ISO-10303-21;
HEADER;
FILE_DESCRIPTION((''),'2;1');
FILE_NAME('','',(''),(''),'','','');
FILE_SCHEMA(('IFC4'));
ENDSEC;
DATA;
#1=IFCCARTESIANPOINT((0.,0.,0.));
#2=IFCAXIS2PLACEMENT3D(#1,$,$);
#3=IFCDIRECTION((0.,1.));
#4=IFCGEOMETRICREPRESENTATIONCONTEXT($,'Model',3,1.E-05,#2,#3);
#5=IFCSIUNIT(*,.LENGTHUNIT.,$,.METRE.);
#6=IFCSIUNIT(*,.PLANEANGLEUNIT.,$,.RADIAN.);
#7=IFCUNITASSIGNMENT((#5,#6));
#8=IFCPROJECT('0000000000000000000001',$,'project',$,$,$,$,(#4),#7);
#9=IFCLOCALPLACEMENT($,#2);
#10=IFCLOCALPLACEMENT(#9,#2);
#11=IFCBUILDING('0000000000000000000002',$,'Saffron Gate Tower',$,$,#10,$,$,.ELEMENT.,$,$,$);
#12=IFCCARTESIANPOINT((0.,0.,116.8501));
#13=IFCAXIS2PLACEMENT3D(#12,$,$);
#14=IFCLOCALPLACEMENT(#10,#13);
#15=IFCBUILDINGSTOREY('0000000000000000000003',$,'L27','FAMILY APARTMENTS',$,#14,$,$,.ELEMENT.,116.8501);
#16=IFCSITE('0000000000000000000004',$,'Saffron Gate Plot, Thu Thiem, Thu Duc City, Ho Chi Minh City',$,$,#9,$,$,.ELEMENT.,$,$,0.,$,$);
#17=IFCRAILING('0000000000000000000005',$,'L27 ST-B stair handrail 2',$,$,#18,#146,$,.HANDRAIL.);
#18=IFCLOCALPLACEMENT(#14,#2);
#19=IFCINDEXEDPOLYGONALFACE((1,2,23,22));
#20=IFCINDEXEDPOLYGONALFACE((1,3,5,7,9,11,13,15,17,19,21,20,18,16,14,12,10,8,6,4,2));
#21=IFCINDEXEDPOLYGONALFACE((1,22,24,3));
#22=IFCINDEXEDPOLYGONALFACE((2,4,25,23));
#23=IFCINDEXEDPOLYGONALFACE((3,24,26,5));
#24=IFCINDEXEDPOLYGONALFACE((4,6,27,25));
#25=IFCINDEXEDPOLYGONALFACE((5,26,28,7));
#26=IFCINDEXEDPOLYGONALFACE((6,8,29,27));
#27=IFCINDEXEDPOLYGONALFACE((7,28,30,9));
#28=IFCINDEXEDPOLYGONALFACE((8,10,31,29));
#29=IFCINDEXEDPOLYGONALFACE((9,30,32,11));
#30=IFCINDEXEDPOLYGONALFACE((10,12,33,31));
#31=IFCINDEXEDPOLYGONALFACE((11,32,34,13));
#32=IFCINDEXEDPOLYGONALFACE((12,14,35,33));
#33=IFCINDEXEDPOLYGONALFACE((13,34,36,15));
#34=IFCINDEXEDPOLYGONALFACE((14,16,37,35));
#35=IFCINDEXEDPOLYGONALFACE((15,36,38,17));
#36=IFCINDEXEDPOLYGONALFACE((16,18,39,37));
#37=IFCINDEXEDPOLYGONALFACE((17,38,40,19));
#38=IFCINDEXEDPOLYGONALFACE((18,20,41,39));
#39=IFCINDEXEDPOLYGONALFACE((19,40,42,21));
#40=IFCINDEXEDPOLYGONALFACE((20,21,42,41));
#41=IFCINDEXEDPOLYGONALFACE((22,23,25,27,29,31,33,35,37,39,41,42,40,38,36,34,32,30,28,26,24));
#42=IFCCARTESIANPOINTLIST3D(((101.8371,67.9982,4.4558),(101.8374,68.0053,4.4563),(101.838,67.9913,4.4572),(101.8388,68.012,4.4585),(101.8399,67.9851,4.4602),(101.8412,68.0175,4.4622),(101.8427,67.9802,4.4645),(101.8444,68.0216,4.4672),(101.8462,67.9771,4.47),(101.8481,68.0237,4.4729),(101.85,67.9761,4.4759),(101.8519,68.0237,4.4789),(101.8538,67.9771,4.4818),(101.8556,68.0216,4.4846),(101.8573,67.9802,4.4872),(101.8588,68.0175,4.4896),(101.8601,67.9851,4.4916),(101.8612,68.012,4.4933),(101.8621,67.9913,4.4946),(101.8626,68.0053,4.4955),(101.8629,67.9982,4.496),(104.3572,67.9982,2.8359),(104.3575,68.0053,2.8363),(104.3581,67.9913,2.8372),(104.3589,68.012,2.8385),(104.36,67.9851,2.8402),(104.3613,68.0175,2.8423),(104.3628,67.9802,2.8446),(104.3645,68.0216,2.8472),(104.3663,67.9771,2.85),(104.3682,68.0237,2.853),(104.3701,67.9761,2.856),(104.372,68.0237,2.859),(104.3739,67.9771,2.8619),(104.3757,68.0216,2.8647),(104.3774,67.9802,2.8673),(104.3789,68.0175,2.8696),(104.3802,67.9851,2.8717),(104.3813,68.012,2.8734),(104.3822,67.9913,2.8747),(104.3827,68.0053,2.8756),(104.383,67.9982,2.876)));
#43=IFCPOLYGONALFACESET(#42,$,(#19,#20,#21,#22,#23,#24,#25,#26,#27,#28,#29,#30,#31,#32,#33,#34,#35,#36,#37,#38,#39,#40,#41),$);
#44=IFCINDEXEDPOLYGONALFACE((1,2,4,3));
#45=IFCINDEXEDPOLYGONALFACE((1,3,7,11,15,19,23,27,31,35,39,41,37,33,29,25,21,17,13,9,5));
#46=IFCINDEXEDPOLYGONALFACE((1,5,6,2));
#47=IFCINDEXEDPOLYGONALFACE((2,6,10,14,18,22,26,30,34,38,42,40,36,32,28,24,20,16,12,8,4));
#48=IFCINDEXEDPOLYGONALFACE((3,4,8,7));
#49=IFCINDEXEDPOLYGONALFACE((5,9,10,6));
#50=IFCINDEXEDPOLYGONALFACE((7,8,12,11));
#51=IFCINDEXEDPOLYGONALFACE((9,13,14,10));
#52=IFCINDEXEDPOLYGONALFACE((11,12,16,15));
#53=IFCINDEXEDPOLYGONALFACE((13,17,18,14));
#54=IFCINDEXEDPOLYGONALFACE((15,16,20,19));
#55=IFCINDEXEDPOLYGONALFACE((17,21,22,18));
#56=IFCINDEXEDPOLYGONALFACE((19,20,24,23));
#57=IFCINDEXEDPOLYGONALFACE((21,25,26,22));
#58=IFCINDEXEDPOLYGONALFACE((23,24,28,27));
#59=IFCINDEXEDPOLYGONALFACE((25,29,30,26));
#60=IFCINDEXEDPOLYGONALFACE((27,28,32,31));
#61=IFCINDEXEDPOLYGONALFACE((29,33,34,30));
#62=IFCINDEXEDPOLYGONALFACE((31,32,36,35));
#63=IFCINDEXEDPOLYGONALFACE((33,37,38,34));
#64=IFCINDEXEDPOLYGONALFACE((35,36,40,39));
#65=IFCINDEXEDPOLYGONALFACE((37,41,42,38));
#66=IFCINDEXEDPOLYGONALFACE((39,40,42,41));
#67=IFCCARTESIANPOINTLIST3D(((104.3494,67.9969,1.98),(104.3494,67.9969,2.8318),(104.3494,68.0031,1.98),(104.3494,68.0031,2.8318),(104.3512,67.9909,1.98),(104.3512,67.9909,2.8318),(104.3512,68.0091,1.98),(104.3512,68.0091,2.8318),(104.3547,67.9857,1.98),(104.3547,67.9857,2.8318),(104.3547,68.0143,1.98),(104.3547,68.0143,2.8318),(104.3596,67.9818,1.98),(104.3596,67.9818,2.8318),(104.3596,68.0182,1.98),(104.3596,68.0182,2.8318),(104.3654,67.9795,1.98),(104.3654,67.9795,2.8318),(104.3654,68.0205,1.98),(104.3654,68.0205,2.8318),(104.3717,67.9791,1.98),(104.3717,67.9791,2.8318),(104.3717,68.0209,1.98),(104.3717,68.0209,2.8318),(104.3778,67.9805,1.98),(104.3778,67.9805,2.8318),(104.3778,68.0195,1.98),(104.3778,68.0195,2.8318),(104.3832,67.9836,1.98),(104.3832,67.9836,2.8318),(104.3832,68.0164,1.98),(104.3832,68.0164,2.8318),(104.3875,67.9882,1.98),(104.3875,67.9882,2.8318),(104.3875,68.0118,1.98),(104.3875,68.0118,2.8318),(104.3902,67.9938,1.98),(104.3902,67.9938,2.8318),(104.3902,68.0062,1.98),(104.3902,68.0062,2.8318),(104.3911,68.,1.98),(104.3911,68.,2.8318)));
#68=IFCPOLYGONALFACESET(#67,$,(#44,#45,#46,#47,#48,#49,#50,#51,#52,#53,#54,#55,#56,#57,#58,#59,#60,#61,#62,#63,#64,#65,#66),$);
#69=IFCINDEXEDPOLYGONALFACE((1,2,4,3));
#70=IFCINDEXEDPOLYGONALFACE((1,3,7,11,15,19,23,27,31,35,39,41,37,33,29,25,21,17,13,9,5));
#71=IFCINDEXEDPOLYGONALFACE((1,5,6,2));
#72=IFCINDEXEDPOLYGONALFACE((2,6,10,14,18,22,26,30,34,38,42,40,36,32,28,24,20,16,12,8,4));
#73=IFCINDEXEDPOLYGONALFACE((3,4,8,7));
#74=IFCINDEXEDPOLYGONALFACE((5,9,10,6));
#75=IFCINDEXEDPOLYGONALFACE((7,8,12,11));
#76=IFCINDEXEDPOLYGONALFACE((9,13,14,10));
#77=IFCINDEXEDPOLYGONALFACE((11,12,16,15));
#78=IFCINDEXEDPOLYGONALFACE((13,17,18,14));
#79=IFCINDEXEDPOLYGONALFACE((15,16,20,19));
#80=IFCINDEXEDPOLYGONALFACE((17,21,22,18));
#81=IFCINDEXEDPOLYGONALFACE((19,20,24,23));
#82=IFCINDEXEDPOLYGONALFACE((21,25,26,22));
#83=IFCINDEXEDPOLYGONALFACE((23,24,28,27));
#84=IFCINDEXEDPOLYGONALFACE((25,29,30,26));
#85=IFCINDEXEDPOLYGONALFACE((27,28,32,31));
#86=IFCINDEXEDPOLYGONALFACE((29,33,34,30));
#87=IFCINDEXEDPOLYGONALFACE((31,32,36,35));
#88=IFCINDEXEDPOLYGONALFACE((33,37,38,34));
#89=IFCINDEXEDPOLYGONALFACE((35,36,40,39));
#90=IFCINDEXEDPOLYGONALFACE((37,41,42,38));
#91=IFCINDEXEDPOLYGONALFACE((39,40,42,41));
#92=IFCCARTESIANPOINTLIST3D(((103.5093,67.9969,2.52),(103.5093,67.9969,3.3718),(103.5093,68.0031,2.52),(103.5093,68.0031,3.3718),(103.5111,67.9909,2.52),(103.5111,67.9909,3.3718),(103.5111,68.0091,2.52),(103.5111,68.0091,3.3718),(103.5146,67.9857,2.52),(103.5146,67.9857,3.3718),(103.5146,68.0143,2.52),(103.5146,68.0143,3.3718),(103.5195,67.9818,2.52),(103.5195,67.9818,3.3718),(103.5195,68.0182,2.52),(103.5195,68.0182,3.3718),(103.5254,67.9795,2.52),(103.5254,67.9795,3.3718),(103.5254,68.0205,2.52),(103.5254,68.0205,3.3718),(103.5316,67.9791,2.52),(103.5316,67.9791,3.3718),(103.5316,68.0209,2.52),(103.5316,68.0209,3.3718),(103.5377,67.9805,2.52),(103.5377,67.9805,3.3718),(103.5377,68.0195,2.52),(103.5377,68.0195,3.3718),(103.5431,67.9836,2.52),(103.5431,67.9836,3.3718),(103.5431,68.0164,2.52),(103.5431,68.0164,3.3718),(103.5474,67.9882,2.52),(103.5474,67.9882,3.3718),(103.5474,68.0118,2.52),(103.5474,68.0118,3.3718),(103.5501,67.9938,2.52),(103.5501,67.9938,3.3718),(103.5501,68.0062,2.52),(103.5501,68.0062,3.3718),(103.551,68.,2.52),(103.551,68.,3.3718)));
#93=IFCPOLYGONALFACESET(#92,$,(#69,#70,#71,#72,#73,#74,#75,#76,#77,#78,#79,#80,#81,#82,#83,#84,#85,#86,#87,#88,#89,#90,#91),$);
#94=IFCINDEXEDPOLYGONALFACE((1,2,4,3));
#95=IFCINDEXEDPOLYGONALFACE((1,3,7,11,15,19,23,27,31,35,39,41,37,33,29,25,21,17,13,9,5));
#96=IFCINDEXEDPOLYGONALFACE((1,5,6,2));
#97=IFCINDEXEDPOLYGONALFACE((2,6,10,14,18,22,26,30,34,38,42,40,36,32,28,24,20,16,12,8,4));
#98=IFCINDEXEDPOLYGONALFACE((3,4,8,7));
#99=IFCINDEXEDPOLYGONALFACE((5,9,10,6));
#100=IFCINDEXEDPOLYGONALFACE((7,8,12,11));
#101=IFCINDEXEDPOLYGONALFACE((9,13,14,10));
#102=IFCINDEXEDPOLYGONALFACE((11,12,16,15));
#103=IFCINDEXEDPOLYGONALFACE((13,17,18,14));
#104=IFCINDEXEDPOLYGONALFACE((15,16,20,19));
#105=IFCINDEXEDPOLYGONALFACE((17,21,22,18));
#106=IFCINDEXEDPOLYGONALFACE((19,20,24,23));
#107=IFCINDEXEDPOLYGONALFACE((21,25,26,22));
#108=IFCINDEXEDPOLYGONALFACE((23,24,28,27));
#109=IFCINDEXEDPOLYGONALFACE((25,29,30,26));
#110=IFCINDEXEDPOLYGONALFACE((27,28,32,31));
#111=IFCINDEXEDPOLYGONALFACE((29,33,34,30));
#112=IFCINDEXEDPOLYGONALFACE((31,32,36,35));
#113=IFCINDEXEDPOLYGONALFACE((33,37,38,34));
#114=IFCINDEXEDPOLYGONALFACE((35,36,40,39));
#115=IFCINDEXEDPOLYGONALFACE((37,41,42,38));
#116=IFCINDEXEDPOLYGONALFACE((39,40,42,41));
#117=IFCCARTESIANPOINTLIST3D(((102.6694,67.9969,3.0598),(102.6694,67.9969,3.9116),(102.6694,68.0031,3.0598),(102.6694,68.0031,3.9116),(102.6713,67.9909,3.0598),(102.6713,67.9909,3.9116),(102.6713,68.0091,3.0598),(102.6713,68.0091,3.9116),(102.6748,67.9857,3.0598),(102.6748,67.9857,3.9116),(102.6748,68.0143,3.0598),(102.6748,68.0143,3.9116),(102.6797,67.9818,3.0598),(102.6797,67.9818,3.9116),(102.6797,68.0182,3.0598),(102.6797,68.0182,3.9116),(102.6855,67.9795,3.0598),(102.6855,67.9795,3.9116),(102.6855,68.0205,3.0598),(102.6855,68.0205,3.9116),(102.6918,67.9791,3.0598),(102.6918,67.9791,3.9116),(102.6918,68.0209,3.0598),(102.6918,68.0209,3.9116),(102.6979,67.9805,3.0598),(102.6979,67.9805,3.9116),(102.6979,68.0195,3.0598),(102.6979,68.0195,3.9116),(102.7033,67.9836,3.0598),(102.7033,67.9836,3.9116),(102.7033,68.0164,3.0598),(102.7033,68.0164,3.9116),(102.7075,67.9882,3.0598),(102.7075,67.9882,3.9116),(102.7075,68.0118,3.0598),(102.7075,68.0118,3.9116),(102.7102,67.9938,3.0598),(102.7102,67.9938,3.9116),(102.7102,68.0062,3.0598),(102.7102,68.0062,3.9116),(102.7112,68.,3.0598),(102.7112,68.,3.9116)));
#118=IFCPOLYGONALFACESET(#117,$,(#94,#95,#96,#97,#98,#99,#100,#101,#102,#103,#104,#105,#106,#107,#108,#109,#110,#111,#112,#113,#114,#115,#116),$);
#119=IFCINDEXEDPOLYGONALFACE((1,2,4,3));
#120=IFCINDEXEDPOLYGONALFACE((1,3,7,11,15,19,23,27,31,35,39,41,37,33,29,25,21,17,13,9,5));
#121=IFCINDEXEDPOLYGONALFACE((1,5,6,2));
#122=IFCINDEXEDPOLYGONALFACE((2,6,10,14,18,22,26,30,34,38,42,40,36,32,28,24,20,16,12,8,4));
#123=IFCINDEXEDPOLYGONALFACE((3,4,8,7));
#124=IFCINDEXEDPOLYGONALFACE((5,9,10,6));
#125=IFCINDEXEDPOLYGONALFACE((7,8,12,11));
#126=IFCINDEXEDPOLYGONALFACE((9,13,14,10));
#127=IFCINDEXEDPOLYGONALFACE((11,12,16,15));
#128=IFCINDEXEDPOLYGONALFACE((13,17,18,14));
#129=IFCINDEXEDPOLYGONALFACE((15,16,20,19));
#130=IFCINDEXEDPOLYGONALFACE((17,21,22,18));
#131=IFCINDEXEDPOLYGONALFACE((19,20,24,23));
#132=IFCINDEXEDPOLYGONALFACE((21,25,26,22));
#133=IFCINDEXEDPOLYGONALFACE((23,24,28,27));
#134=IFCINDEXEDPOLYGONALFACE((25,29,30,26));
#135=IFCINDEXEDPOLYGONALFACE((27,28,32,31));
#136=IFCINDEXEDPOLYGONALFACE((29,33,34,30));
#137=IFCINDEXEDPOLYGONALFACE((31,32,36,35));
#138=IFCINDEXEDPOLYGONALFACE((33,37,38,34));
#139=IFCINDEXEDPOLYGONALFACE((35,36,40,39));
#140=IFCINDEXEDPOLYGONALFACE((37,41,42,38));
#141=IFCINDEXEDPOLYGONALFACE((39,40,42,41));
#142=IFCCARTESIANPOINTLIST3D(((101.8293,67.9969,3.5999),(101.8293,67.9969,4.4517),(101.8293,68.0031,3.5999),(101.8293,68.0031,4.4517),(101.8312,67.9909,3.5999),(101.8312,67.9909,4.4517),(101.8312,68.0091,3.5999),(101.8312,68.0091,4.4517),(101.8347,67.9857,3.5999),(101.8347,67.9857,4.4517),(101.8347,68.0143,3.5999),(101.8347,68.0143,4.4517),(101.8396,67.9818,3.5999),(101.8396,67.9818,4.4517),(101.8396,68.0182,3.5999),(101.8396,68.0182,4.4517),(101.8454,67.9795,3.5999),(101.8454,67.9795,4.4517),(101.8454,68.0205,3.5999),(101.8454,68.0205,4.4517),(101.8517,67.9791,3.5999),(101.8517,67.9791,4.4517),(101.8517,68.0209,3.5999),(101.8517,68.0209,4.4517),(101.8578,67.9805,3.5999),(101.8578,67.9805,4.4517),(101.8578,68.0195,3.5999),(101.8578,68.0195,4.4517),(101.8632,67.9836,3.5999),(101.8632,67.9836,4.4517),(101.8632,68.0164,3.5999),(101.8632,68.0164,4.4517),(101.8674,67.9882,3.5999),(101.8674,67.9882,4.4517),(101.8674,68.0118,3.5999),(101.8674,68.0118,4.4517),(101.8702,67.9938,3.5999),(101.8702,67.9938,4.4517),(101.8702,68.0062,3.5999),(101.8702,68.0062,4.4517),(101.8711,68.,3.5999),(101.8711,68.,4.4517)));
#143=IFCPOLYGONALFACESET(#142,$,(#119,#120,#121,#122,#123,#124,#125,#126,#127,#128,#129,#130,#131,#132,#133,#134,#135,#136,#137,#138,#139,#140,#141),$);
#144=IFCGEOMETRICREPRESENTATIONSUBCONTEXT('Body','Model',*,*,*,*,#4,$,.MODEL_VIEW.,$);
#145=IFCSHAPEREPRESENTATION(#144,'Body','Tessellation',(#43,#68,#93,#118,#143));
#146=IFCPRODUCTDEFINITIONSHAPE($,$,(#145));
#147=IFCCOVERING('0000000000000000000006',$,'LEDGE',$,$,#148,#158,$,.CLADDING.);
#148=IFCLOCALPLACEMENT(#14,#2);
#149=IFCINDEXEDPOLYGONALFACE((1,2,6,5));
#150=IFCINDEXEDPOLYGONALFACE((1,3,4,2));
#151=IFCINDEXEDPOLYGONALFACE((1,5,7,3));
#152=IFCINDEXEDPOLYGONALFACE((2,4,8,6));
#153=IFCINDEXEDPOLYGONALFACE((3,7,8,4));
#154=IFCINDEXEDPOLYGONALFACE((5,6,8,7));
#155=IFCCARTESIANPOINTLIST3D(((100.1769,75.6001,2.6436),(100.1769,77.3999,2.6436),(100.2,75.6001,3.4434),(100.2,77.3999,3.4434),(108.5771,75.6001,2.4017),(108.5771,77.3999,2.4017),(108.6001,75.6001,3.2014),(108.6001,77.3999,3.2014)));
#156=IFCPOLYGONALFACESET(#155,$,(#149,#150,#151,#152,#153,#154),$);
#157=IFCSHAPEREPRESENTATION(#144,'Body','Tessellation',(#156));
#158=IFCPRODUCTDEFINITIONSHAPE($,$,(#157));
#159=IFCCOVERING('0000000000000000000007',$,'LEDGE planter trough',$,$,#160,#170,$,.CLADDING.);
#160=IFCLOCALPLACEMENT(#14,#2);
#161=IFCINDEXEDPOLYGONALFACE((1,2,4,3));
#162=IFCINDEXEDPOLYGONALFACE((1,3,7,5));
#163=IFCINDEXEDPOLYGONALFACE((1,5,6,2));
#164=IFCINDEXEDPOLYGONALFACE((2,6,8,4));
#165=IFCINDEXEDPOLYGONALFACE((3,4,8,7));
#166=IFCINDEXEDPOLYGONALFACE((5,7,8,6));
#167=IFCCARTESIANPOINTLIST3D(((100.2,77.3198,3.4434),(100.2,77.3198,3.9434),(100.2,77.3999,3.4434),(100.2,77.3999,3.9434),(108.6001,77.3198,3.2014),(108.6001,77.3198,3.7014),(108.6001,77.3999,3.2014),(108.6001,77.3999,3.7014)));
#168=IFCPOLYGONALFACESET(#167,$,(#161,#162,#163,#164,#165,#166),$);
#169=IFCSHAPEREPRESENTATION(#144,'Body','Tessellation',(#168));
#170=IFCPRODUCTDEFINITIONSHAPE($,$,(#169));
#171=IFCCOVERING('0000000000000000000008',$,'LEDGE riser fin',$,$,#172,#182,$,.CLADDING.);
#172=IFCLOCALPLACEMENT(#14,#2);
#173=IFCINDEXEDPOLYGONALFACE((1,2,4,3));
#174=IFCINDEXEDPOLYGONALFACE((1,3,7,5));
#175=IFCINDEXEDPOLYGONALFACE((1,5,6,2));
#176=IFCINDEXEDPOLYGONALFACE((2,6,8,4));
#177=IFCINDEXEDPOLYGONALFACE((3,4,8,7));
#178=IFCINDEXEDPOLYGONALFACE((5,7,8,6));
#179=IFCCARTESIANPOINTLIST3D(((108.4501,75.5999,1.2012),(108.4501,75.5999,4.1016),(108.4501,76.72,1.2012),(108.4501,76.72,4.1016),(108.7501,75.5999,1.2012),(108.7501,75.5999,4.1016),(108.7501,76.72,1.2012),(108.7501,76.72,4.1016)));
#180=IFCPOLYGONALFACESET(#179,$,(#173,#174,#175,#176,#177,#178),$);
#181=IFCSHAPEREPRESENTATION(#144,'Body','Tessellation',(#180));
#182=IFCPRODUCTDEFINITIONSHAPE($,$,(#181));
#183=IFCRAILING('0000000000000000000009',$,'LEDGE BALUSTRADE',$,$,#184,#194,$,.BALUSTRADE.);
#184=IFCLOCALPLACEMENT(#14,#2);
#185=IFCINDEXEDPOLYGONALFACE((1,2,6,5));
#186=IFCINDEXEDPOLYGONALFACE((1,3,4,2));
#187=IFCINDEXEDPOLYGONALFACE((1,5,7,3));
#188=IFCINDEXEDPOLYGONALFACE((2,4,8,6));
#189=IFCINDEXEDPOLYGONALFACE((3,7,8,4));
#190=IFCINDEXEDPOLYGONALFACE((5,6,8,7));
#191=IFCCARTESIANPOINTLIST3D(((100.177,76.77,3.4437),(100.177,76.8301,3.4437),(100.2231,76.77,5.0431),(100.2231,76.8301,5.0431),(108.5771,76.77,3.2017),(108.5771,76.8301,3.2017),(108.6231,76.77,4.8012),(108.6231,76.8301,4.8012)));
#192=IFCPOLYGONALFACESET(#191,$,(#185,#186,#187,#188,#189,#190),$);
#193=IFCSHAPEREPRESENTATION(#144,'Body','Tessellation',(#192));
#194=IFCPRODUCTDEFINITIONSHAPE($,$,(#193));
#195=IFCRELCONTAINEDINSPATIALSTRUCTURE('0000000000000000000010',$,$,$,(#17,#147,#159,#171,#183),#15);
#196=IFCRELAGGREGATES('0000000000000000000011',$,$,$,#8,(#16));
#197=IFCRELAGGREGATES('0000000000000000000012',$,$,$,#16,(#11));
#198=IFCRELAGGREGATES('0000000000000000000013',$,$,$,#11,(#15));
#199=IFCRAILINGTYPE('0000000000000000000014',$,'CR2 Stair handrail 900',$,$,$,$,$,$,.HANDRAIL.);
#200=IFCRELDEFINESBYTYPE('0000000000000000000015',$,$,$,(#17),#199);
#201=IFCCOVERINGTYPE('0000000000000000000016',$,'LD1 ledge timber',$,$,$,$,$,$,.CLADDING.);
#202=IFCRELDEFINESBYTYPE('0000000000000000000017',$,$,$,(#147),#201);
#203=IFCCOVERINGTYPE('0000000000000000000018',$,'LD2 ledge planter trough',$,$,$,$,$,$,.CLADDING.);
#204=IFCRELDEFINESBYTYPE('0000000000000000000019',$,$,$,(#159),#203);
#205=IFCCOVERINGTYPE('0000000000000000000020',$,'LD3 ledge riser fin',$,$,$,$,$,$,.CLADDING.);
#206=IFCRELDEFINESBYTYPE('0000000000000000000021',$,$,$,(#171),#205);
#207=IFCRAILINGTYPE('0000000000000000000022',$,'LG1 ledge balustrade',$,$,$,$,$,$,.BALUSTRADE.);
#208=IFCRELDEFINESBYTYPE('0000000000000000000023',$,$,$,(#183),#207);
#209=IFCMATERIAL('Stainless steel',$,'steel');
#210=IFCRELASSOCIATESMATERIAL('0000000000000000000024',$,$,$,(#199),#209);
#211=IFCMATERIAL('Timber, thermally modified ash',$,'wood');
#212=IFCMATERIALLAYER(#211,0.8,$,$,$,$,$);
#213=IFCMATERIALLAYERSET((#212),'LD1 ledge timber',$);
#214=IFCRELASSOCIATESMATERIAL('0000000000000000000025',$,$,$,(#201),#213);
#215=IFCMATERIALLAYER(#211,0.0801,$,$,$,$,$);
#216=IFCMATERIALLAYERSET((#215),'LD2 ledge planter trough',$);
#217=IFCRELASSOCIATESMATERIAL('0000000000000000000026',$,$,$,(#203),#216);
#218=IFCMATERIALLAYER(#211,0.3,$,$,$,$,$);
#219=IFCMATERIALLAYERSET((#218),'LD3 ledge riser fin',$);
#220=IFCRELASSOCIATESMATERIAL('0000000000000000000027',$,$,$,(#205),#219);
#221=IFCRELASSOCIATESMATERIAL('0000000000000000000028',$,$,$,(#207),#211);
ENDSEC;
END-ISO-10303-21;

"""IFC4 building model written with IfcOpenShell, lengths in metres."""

from ifc_helpers import new_model, si_unit, direction, frame, origin, origin_2d, place, context, subcontext, project, spatial, polyline, rectangle, circle, outline, extrude, material, layer, layer_set, type_object, element, save


model = new_model("IFC4")

# Units and contexts
model_context = context("Model", 3, precision=1e-05, world=origin(), true_north=direction((0.0, 1.0)))
body_context = subcontext(model_context, "Body", "Model", "MODEL_VIEW")
ifc_project = project(units=[si_unit("LENGTHUNIT", "METRE"), si_unit("PLANEANGLEUNIT", "RADIAN")], contexts=[model_context])

# Site, building, storey
site_placement = place(None, origin())
site = spatial("IfcSite", under=ifc_project, at=site_placement, Name="Saffron Gate Plot, Thu Thiem, Thu Duc City, Ho Chi Minh City", CompositionType="ELEMENT", RefElevation=0.0)
building_placement = place(site_placement, origin())
building = spatial("IfcBuilding", under=site, at=building_placement, Name="Saffron Gate Tower", CompositionType="ELEMENT")
storey_placement = place(building_placement, frame((0.0, 0.0, 116.8501)))
storey = spatial("IfcBuildingStorey", under=building, at=storey_placement, Name="L27", Description="FAMILY APARTMENTS", CompositionType="ELEMENT", Elevation=116.8501)

# Railing
ifc_material_1 = material(Name="Stainless steel", Category="steel")
railing_type_1 = type_object("IfcRailingType", Name="CR2 Stair handrail 900", PredefinedType="HANDRAIL", material=ifc_material_1)
railing_1_placement = place(storey_placement, frame((104.3701, 68.0, 1.98)))
element("IfcRailing", 1, at=railing_1_placement, inside=storey, type_object=railing_type_1, Name="L27 ST-B stair handrail 2", PredefinedType="HANDRAIL", context=body_context, shape_type="SweptSolid", body=[
    extrude(circle(Radius=0.0239, at=origin_2d()), frame((0.0, 0.0, 0.876), z_axis=(-0.8412, 0.0, 0.540725), x_axis=(0.0, -1.0, 0.0)), (0.0, 0.0, 1.0), 2.9958),
    extrude(circle(Radius=0.021, at=origin_2d()), origin(), (0.0, 0.0, 1.0), 0.8518),
    extrude(circle(Radius=0.021, at=origin_2d()), frame((-0.8401, 0.0, 0.54)), (0.0, 0.0, 1.0), 0.8518),
    extrude(circle(Radius=0.021, at=origin_2d()), frame((-1.6799, 0.0, 1.0798)), (0.0, 0.0, 1.0), 0.8518),
    extrude(circle(Radius=0.021, at=origin_2d()), frame((-2.52, 0.0, 1.6199)), (0.0, 0.0, 1.0), 0.8518),
])

# Coverings
ifc_material_2 = material(Name="Timber, thermally modified ash", Category="wood")
ifc_layer_1 = layer(ifc_material_2, 0.8)
ifc_layer_set_1 = layer_set([ifc_layer_1], Name="LD1 ledge timber")
covering_type_1 = type_object("IfcCoveringType", Name="LD1 ledge timber", PredefinedType="CLADDING", material=ifc_layer_set_1)
covering_1_placement = place(storey_placement, frame((108.6001, 75.6001, 3.2014), z_axis=(0.02879, 0.0, 0.999585), x_axis=(-0.999585, 0.0, 0.02879)))
element("IfcCovering", 2, at=covering_1_placement, inside=storey, type_object=covering_type_1, Name="LEDGE", PredefinedType="CLADDING", context=body_context, shape_type="SweptSolid", body=[
    extrude(outline(polyline([(0.0, 0.0), (8.4036, 0.0), (8.4036, -1.7998), (0.0, -1.7998), (0.0, 0.0)])), origin(), (0.0, 0.0, -1.0), 0.8),
])
ifc_layer_2 = layer(ifc_material_2, 0.0801)
ifc_layer_set_2 = layer_set([ifc_layer_2], Name="LD2 ledge planter trough")
covering_type_2 = type_object("IfcCoveringType", Name="LD2 ledge planter trough", PredefinedType="CLADDING", material=ifc_layer_set_2)
covering_2_placement = place(storey_placement, frame((108.6001, 77.3999, 3.2014), z_axis=(0.0, 1.0, 0.0), x_axis=(-0.999585, 0.0, 0.02879)))
element("IfcCovering", 3, at=covering_2_placement, inside=storey, type_object=covering_type_2, Name="LEDGE planter trough", PredefinedType="CLADDING", context=body_context, shape_type="SweptSolid", body=[
    extrude(outline(polyline([(0.0, 0.0), (8.4036, 0.0), (8.418, 0.4998), (0.0144, 0.4998), (0.0, 0.0)])), origin(), (0.0, 0.0, -1.0), 0.0801),
])
ifc_layer_3 = layer(ifc_material_2, 0.3)
ifc_layer_set_3 = layer_set([ifc_layer_3], Name="LD3 ledge riser fin")
covering_type_3 = type_object("IfcCoveringType", Name="LD3 ledge riser fin", PredefinedType="CLADDING", material=ifc_layer_set_3)
covering_3_placement = place(storey_placement, frame((108.6001, 76.1599, 1.2012), z_axis=(0.0, 0.0, 1.0), x_axis=(-1.0, 0.0, 0.0)))
element("IfcCovering", 4, at=covering_3_placement, inside=storey, type_object=covering_type_3, Name="LEDGE riser fin", PredefinedType="CLADDING", context=body_context, shape_type="SweptSolid", body=[
    extrude(rectangle(XDim=0.3, YDim=1.1201, at=origin_2d()), origin(), (0.0, 0.0, 1.0), 2.9004),
])

# Railing
railing_type_2 = type_object("IfcRailingType", Name="LG1 ledge balustrade", PredefinedType="BALUSTRADE", material=ifc_material_2)
railing_2_placement = place(storey_placement, frame((108.6001, 76.8, 3.2014)))
element("IfcRailing", 5, at=railing_2_placement, inside=storey, type_object=railing_type_2, Name="LEDGE BALUSTRADE", PredefinedType="BALUSTRADE", context=body_context, shape_type="SweptSolid", body=[
    extrude(rectangle(XDim=0.0601, YDim=1.6001, at=origin_2d()), frame((0.0, 0.0, 0.8), z_axis=(-0.999585, 0.0, 0.02879), x_axis=(0.0, -1.0, 0.0)), (0.0, 0.0, 1.0), 8.4036),
])

save(model, "model.ifc")
